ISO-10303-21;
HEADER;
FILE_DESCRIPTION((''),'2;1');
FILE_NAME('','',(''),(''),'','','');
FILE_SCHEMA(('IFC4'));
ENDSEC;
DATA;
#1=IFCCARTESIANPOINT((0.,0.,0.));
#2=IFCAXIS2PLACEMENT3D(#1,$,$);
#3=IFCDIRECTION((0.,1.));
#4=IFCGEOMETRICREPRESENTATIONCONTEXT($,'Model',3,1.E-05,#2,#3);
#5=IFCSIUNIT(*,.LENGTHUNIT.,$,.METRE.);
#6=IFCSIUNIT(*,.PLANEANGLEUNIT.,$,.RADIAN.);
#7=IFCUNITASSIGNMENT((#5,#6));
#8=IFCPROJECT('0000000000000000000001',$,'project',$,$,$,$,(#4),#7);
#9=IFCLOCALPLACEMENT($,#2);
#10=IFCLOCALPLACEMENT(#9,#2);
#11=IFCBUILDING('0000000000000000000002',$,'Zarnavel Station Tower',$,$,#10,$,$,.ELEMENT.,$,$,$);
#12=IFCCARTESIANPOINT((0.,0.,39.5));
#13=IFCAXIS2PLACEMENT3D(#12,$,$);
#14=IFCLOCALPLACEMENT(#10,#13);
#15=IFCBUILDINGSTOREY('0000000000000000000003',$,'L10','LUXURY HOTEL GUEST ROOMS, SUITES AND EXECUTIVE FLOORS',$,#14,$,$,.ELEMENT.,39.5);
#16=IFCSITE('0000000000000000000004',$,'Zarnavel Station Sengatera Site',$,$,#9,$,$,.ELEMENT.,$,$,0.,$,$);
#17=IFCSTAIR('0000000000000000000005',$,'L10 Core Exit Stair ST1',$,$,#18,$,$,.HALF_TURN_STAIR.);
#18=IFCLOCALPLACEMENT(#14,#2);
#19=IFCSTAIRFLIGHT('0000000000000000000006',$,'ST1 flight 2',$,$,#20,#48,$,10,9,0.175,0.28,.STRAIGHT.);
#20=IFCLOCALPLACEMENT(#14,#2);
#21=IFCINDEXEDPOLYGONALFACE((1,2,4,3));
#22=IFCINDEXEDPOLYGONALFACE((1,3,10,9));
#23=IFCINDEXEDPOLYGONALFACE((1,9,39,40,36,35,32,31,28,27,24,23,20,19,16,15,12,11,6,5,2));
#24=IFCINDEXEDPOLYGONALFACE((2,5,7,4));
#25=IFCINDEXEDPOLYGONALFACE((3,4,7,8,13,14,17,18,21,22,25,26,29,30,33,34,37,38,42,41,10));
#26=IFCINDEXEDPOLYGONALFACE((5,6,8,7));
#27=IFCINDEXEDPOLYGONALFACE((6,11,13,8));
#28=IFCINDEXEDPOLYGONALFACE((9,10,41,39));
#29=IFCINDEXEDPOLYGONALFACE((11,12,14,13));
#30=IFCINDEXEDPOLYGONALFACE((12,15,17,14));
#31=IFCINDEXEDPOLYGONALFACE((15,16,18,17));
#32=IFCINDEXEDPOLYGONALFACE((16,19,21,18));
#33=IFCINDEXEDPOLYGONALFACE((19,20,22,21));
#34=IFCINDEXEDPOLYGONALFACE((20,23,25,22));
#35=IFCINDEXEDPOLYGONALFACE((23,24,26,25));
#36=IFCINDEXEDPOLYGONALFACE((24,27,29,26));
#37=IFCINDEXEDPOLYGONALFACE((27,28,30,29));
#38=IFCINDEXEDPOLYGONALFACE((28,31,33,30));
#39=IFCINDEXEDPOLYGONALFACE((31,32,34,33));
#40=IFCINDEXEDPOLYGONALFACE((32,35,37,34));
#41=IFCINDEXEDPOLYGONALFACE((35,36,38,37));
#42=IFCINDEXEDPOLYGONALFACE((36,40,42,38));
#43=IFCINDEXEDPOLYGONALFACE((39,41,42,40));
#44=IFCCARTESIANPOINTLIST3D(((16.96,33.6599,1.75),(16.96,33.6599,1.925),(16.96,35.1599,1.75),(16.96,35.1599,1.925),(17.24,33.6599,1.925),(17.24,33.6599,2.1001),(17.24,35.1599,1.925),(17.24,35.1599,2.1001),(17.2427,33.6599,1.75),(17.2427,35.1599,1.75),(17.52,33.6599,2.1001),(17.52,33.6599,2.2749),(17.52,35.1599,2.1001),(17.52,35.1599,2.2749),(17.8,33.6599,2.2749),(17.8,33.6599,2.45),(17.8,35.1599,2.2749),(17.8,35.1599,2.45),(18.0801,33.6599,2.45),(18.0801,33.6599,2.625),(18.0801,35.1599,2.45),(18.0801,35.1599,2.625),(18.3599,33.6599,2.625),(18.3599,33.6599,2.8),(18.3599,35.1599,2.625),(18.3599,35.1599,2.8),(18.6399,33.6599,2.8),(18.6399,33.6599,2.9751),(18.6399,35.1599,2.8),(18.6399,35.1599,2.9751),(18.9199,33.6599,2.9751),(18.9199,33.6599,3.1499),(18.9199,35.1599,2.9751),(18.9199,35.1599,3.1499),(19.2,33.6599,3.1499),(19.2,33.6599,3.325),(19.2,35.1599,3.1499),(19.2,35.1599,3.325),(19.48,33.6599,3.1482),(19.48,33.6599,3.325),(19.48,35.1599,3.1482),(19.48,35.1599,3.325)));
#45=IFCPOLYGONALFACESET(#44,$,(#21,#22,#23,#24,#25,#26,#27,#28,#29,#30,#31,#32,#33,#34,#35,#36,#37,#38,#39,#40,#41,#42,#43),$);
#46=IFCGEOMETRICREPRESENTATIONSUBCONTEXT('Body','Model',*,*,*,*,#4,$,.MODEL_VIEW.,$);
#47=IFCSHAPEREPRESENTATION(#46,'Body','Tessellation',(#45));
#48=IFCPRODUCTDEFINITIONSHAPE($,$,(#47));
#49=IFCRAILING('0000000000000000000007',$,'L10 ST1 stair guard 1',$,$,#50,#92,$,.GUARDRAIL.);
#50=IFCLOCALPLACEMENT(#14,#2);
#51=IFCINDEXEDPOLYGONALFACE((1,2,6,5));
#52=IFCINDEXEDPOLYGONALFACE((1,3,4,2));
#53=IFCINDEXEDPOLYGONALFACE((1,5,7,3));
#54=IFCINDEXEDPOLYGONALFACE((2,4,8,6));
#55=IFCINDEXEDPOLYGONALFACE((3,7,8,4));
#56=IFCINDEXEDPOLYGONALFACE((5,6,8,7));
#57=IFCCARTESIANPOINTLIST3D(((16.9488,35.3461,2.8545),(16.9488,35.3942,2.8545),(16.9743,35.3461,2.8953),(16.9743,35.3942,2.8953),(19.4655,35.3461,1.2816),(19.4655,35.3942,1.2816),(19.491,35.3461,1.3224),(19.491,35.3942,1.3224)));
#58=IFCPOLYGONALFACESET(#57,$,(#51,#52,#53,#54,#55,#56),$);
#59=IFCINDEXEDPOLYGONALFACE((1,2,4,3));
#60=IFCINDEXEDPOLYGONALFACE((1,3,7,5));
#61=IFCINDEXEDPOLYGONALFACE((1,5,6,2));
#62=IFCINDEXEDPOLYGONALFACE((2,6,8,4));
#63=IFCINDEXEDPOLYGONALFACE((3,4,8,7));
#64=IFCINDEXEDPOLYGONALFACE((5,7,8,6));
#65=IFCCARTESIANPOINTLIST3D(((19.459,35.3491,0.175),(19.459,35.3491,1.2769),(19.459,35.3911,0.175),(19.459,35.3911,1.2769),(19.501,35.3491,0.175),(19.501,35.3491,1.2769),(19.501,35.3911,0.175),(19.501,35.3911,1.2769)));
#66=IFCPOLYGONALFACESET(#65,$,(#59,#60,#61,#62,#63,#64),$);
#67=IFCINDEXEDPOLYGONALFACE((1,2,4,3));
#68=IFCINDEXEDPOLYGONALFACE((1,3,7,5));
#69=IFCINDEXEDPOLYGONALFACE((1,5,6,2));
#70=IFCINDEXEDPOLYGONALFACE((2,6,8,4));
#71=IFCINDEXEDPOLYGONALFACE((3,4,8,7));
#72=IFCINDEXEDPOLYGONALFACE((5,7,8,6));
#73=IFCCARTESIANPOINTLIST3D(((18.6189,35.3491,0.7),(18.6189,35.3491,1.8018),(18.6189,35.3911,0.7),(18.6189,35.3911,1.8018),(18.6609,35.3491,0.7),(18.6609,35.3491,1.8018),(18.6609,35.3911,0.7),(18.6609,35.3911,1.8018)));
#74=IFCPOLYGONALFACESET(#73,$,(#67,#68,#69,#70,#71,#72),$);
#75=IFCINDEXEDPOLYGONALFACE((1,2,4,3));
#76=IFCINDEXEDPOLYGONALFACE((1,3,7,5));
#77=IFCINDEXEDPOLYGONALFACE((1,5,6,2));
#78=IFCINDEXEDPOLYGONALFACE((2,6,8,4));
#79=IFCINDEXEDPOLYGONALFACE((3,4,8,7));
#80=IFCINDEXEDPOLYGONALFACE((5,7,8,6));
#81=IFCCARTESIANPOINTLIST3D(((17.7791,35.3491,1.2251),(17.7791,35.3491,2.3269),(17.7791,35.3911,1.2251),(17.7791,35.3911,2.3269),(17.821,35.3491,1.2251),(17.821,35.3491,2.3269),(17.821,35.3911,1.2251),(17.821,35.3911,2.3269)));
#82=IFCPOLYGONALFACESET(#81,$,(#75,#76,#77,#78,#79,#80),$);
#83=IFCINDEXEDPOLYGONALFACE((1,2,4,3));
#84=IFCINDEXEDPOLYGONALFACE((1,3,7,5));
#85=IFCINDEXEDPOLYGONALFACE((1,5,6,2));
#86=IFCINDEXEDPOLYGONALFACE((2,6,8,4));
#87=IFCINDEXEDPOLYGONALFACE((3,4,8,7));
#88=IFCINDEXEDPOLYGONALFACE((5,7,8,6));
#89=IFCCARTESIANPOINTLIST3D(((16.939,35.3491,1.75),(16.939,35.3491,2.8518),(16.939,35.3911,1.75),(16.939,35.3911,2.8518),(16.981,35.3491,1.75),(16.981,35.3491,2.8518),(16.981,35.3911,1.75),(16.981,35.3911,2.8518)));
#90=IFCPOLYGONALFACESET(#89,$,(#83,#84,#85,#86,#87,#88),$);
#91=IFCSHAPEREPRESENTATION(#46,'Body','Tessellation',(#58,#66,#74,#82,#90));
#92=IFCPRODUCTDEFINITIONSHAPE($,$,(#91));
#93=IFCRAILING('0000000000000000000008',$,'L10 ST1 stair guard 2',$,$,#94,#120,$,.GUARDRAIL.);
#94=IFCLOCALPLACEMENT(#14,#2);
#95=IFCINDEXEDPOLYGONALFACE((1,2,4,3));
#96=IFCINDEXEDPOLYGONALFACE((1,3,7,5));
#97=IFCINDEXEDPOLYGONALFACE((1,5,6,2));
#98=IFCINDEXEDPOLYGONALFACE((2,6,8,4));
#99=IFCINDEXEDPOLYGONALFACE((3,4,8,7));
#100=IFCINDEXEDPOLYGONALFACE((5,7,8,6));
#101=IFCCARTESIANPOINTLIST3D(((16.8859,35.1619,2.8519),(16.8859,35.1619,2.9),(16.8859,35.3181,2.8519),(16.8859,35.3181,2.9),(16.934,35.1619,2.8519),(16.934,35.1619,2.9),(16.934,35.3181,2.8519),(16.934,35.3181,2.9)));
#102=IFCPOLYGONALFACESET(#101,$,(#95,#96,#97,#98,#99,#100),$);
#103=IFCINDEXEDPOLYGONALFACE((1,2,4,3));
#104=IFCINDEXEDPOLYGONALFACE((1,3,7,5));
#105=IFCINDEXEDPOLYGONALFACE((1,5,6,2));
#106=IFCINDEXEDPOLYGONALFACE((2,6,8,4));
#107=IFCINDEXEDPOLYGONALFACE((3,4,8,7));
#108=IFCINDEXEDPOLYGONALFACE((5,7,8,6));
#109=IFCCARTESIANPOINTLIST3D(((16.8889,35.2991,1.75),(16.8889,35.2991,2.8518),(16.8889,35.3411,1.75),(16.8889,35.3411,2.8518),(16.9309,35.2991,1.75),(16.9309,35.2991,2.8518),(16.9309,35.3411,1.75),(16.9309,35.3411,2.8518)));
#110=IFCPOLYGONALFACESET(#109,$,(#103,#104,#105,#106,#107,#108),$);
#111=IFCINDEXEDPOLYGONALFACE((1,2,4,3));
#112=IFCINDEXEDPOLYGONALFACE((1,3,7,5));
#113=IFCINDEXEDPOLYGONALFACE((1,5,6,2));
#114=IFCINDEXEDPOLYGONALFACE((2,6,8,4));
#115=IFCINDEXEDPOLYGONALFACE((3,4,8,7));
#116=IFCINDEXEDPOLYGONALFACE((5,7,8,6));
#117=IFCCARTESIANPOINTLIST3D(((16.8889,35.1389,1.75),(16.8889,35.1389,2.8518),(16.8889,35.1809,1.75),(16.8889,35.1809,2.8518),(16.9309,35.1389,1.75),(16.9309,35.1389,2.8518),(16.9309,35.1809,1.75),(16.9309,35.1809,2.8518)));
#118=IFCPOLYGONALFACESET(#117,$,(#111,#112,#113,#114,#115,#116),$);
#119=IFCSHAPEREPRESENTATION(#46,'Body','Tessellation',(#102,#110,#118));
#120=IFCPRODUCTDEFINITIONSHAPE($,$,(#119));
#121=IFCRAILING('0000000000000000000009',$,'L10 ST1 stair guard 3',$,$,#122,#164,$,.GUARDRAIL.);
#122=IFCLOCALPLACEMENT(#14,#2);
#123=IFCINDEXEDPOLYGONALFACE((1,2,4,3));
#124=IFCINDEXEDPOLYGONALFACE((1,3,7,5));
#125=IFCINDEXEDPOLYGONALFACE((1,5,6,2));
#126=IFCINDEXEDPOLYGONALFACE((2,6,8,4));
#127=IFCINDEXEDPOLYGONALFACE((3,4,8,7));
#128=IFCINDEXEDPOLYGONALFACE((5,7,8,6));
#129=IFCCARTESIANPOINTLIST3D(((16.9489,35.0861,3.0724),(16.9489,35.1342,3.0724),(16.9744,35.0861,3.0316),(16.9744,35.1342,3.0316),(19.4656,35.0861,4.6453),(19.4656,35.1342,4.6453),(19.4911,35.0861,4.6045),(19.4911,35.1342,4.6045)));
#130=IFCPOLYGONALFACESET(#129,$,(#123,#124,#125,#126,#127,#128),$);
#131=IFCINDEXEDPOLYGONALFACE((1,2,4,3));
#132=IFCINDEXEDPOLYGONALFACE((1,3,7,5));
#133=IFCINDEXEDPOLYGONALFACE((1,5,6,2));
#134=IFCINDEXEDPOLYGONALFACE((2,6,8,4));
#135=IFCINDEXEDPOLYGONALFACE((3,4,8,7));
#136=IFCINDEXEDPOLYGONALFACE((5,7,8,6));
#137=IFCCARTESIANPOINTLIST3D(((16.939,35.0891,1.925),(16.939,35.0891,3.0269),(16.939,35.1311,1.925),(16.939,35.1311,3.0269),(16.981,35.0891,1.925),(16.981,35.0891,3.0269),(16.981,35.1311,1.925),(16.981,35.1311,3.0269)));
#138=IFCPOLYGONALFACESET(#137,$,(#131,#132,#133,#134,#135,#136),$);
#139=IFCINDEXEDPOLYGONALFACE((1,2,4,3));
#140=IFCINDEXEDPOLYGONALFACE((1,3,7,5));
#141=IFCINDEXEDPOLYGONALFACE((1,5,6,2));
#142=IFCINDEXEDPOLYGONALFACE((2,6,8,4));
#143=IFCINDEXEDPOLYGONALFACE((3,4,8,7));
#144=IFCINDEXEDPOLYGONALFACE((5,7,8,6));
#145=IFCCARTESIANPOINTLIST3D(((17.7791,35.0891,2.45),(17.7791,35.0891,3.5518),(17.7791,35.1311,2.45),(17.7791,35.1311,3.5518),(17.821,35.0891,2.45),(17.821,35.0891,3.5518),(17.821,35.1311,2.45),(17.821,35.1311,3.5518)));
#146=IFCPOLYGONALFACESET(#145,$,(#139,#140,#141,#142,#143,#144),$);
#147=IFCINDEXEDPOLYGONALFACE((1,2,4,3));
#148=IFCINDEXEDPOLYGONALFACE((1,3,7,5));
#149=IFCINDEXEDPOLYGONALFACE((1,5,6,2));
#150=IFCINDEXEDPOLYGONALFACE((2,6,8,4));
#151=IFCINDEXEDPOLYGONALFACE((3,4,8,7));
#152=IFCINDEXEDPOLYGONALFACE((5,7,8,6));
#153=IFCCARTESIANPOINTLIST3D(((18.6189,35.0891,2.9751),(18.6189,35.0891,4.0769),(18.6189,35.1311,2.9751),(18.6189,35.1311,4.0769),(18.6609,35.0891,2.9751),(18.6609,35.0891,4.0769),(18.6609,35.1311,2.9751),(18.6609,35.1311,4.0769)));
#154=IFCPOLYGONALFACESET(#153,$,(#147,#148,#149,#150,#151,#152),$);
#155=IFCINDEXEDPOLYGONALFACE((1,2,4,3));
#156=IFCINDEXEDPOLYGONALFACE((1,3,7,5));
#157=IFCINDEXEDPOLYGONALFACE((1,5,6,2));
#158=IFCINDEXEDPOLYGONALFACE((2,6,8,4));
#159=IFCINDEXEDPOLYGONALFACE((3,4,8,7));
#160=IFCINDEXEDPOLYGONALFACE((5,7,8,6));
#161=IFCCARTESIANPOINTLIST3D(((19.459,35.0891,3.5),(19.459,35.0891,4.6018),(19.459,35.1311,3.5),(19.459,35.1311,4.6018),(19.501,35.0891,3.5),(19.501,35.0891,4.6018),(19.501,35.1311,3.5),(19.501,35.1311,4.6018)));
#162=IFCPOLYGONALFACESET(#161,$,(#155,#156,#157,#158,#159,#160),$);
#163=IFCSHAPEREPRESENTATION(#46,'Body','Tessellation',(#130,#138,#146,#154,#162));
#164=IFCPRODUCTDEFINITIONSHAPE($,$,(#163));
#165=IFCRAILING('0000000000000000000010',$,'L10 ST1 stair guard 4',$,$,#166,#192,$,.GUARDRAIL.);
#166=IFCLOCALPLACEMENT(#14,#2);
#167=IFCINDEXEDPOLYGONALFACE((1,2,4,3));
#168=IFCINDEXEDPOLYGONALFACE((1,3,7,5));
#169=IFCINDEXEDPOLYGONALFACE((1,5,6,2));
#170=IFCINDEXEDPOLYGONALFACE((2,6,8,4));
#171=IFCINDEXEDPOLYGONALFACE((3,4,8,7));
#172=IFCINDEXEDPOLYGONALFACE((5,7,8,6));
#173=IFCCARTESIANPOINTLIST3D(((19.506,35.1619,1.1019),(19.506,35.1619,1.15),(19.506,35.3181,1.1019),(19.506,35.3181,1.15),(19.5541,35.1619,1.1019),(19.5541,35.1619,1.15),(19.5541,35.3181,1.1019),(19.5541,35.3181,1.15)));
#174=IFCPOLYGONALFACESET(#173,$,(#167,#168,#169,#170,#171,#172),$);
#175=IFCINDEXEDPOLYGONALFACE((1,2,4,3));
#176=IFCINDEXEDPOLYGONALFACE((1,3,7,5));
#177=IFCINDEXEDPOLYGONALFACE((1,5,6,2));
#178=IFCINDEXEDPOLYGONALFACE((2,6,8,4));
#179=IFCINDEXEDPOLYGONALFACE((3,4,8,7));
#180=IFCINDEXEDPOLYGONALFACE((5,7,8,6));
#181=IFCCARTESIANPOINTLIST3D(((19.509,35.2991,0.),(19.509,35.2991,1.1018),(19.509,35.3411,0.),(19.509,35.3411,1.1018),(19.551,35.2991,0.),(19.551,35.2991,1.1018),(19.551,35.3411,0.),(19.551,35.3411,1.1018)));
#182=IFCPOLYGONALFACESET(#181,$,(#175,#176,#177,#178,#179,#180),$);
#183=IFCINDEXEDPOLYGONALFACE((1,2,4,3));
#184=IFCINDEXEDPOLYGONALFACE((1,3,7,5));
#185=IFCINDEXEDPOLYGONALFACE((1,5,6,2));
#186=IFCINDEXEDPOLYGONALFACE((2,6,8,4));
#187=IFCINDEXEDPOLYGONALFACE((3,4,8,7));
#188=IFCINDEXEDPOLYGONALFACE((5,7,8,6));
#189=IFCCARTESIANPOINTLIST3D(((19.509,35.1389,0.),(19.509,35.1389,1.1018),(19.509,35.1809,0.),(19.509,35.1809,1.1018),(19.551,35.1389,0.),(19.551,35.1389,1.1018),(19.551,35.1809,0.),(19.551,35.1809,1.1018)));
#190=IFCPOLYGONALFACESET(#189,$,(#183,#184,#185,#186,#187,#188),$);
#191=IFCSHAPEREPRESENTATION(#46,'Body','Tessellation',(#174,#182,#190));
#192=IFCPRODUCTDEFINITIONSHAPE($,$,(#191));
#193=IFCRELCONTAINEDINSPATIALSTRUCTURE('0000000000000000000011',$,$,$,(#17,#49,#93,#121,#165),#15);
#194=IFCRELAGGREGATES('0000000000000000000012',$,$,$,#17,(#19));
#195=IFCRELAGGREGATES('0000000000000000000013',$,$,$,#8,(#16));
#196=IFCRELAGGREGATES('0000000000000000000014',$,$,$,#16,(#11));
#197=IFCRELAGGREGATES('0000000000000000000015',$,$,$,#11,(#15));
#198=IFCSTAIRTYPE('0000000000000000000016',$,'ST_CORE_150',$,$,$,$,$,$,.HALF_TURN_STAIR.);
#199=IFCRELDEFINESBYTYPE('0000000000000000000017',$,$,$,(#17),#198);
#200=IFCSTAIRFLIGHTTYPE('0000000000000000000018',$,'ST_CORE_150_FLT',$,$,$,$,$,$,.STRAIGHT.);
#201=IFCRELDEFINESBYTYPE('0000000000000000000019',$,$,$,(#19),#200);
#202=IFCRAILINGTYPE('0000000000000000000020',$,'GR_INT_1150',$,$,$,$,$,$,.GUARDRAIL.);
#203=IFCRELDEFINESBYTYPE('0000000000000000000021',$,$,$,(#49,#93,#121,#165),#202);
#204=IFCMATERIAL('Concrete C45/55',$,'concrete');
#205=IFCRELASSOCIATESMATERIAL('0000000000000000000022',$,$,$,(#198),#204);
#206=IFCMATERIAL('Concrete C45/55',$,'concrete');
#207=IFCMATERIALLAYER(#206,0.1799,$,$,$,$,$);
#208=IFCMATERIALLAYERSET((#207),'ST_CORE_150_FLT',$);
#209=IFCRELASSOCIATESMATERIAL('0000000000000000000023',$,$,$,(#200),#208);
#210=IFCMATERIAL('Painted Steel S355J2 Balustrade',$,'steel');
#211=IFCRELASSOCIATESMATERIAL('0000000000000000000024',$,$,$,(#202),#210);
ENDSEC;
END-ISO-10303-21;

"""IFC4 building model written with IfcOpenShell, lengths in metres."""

from ifc_helpers import new_model, si_unit, direction, frame, origin, origin_2d, place, context, subcontext, project, spatial, polyline, rectangle, outline, extrude, material, layer, layer_set, type_object, element, aggregate, save


model = new_model("IFC4")

# Units and contexts
model_context = context("Model", 3, precision=1e-05, world=origin(), true_north=direction((0.0, 1.0)))
body_context = subcontext(model_context, "Body", "Model", "MODEL_VIEW")
ifc_project = project(units=[si_unit("LENGTHUNIT", "METRE"), si_unit("PLANEANGLEUNIT", "RADIAN")], contexts=[model_context])

# Site, building, storey
site_placement = place(None, origin())
site = spatial("IfcSite", under=ifc_project, at=site_placement, Name="Zarnavel Station Sengatera Site", CompositionType="ELEMENT", RefElevation=0.0)
building_placement = place(site_placement, origin())
building = spatial("IfcBuilding", under=site, at=building_placement, Name="Zarnavel Station Tower", CompositionType="ELEMENT")
storey_placement = place(building_placement, frame((0.0, 0.0, 39.5)))
storey = spatial("IfcBuildingStorey", under=building, at=storey_placement, Name="L10", Description="LUXURY HOTEL GUEST ROOMS, SUITES AND EXECUTIVE FLOORS", CompositionType="ELEMENT", Elevation=39.5)

# Stair, stair flight
ifc_material_1 = material(Name="Concrete C45/55", Category="concrete")
stair_type = type_object("IfcStairType", Name="ST_CORE_150", PredefinedType="HALF_TURN_STAIR", material=ifc_material_1)
stair_placement = place(storey_placement, origin())
stair = element("IfcStair", 1, at=stair_placement, inside=storey, type_object=stair_type, Name="L10 Core Exit Stair ST1", PredefinedType="HALF_TURN_STAIR")
ifc_material_2 = material(Name="Concrete C45/55", Category="concrete")
ifc_layer_1 = layer(ifc_material_2, 0.1799)
ifc_layer_set_1 = layer_set([ifc_layer_1], Name="ST_CORE_150_FLT")
stair_flight_type = type_object("IfcStairFlightType", Name="ST_CORE_150_FLT", PredefinedType="STRAIGHT", material=ifc_layer_set_1)
stair_flight_1_placement = place(storey_placement, frame((16.96, 34.4099, 1.75), z_axis=(0.0, 0.0, 1.0), x_axis=(1.0, 0.0, 0.0)))
stair_flight_1 = element("IfcStairFlight", 2, at=stair_flight_1_placement, type_object=stair_flight_type, Name="ST1 flight 2", NumberOfRisers=10, NumberOfTreads=9, PredefinedType="STRAIGHT", RiserHeight=0.175, TreadLength=0.28, context=body_context, shape_type="SweptSolid", body=[
    extrude(outline(polyline([(0.0, 0.0), (0.0, 0.175), (0.28, 0.175), (0.28, 0.3501), (0.5601, 0.3501), (0.5601, 0.5249), (0.8401, 0.5249), (0.8401, 0.7), (1.1201, 0.7), (1.1201, 0.875), (1.3999, 0.875), (1.3999, 1.05), (1.6799, 1.05), (1.6799, 1.2251), (1.96, 1.2251), (1.96, 1.3999), (2.24, 1.3999), (2.24, 1.575), (2.52, 1.575), (2.52, 1.75), (2.52, 1.3982), (0.2827, 0.0), (0.0, 0.0)])), frame((0.0, 0.75, 0.0), z_axis=(0.0, -1.0, 0.0), x_axis=(1.0, 0.0, 0.0)), (0.0, 0.0, 1.0), 1.5),
])
aggregate(stair, [stair_flight_1])

# Railings
ifc_material_3 = material(Name="Painted Steel S355J2 Balustrade", Category="steel")
railing_type_1 = type_object("IfcRailingType", Name="GR_INT_1150", PredefinedType="GUARDRAIL", material=ifc_material_3)
railing_1_placement = place(storey_placement, frame((19.48, 35.3701, 0.175)))
element("IfcRailing", 3, at=railing_1_placement, inside=storey, type_object=railing_type_1, Name="L10 ST1 stair guard 1", PredefinedType="GUARDRAIL", context=body_context, shape_type="SweptSolid", body=[
    extrude(rectangle(XDim=0.0481, YDim=0.0481, at=origin_2d()), frame((-0.0017, 0.0, 1.127), z_axis=(-0.848008, 0.0, 0.529984), x_axis=(0.0, -1.0, 0.0)), (0.0, 0.0, 1.0), 2.9678),
    extrude(rectangle(XDim=0.042, YDim=0.042, at=origin_2d()), origin(), (0.0, 0.0, 1.0), 1.1018),
    extrude(rectangle(XDim=0.042, YDim=0.042, at=origin_2d()), frame((-0.8401, 0.0, 0.5249)), (0.0, 0.0, 1.0), 1.1018),
    extrude(rectangle(XDim=0.042, YDim=0.042, at=origin_2d()), frame((-1.6799, 0.0, 1.05)), (0.0, 0.0, 1.0), 1.1018),
    extrude(rectangle(XDim=0.042, YDim=0.042, at=origin_2d()), frame((-2.52, 0.0, 1.575)), (0.0, 0.0, 1.0), 1.1018),
])
railing_2_placement = place(storey_placement, frame((16.9099, 35.3201, 1.75)))
element("IfcRailing", 4, at=railing_2_placement, inside=storey, type_object=railing_type_1, Name="L10 ST1 stair guard 2", PredefinedType="GUARDRAIL", context=body_context, shape_type="SweptSolid", body=[
    extrude(rectangle(XDim=0.0481, YDim=0.0481, at=origin_2d()), frame((0.0, -0.002, 1.126), z_axis=(0.0, -1.0, 0.0), x_axis=(1.0, 0.0, 0.0)), (0.0, 0.0, 1.0), 0.1562),
    extrude(rectangle(XDim=0.042, YDim=0.042, at=origin_2d()), origin(), (0.0, 0.0, 1.0), 1.1018),
    extrude(rectangle(XDim=0.042, YDim=0.042, at=origin_2d()), frame((0.0, -0.1602, 0.0)), (0.0, 0.0, 1.0), 1.1018),
])
railing_3_placement = place(storey_placement, frame((16.96, 35.1101, 1.925)))
element("IfcRailing", 5, at=railing_3_placement, inside=storey, type_object=railing_type_1, Name="L10 ST1 stair guard 3", PredefinedType="GUARDRAIL", context=body_context, shape_type="SweptSolid", body=[
    extrude(rectangle(XDim=0.0481, YDim=0.0481, at=origin_2d()), frame((0.0017, 0.0, 1.127), z_axis=(0.848008, 0.0, 0.529984), x_axis=(0.0, 1.0, 0.0)), (0.0, 0.0, 1.0), 2.9678),
    extrude(rectangle(XDim=0.042, YDim=0.042, at=origin_2d()), origin(), (0.0, 0.0, 1.0), 1.1018),
    extrude(rectangle(XDim=0.042, YDim=0.042, at=origin_2d()), frame((0.8401, 0.0, 0.5249)), (0.0, 0.0, 1.0), 1.1018),
    extrude(rectangle(XDim=0.042, YDim=0.042, at=origin_2d()), frame((1.6799, 0.0, 1.05)), (0.0, 0.0, 1.0), 1.1018),
    extrude(rectangle(XDim=0.042, YDim=0.042, at=origin_2d()), frame((2.52, 0.0, 1.575)), (0.0, 0.0, 1.0), 1.1018),
])
railing_4_placement = place(storey_placement, frame((19.53, 35.3201, 0.0)))
element("IfcRailing", 6, at=railing_4_placement, inside=storey, type_object=railing_type_1, Name="L10 ST1 stair guard 4", PredefinedType="GUARDRAIL", context=body_context, shape_type="SweptSolid", body=[
    extrude(rectangle(XDim=0.0481, YDim=0.0481, at=origin_2d()), frame((0.0, -0.002, 1.126), z_axis=(0.0, -1.0, 0.0), x_axis=(1.0, 0.0, 0.0)), (0.0, 0.0, 1.0), 0.1562),
    extrude(rectangle(XDim=0.042, YDim=0.042, at=origin_2d()), origin(), (0.0, 0.0, 1.0), 1.1018),
    extrude(rectangle(XDim=0.042, YDim=0.042, at=origin_2d()), frame((0.0, -0.1602, 0.0)), (0.0, 0.0, 1.0), 1.1018),
])

save(model, "model.ifc")
